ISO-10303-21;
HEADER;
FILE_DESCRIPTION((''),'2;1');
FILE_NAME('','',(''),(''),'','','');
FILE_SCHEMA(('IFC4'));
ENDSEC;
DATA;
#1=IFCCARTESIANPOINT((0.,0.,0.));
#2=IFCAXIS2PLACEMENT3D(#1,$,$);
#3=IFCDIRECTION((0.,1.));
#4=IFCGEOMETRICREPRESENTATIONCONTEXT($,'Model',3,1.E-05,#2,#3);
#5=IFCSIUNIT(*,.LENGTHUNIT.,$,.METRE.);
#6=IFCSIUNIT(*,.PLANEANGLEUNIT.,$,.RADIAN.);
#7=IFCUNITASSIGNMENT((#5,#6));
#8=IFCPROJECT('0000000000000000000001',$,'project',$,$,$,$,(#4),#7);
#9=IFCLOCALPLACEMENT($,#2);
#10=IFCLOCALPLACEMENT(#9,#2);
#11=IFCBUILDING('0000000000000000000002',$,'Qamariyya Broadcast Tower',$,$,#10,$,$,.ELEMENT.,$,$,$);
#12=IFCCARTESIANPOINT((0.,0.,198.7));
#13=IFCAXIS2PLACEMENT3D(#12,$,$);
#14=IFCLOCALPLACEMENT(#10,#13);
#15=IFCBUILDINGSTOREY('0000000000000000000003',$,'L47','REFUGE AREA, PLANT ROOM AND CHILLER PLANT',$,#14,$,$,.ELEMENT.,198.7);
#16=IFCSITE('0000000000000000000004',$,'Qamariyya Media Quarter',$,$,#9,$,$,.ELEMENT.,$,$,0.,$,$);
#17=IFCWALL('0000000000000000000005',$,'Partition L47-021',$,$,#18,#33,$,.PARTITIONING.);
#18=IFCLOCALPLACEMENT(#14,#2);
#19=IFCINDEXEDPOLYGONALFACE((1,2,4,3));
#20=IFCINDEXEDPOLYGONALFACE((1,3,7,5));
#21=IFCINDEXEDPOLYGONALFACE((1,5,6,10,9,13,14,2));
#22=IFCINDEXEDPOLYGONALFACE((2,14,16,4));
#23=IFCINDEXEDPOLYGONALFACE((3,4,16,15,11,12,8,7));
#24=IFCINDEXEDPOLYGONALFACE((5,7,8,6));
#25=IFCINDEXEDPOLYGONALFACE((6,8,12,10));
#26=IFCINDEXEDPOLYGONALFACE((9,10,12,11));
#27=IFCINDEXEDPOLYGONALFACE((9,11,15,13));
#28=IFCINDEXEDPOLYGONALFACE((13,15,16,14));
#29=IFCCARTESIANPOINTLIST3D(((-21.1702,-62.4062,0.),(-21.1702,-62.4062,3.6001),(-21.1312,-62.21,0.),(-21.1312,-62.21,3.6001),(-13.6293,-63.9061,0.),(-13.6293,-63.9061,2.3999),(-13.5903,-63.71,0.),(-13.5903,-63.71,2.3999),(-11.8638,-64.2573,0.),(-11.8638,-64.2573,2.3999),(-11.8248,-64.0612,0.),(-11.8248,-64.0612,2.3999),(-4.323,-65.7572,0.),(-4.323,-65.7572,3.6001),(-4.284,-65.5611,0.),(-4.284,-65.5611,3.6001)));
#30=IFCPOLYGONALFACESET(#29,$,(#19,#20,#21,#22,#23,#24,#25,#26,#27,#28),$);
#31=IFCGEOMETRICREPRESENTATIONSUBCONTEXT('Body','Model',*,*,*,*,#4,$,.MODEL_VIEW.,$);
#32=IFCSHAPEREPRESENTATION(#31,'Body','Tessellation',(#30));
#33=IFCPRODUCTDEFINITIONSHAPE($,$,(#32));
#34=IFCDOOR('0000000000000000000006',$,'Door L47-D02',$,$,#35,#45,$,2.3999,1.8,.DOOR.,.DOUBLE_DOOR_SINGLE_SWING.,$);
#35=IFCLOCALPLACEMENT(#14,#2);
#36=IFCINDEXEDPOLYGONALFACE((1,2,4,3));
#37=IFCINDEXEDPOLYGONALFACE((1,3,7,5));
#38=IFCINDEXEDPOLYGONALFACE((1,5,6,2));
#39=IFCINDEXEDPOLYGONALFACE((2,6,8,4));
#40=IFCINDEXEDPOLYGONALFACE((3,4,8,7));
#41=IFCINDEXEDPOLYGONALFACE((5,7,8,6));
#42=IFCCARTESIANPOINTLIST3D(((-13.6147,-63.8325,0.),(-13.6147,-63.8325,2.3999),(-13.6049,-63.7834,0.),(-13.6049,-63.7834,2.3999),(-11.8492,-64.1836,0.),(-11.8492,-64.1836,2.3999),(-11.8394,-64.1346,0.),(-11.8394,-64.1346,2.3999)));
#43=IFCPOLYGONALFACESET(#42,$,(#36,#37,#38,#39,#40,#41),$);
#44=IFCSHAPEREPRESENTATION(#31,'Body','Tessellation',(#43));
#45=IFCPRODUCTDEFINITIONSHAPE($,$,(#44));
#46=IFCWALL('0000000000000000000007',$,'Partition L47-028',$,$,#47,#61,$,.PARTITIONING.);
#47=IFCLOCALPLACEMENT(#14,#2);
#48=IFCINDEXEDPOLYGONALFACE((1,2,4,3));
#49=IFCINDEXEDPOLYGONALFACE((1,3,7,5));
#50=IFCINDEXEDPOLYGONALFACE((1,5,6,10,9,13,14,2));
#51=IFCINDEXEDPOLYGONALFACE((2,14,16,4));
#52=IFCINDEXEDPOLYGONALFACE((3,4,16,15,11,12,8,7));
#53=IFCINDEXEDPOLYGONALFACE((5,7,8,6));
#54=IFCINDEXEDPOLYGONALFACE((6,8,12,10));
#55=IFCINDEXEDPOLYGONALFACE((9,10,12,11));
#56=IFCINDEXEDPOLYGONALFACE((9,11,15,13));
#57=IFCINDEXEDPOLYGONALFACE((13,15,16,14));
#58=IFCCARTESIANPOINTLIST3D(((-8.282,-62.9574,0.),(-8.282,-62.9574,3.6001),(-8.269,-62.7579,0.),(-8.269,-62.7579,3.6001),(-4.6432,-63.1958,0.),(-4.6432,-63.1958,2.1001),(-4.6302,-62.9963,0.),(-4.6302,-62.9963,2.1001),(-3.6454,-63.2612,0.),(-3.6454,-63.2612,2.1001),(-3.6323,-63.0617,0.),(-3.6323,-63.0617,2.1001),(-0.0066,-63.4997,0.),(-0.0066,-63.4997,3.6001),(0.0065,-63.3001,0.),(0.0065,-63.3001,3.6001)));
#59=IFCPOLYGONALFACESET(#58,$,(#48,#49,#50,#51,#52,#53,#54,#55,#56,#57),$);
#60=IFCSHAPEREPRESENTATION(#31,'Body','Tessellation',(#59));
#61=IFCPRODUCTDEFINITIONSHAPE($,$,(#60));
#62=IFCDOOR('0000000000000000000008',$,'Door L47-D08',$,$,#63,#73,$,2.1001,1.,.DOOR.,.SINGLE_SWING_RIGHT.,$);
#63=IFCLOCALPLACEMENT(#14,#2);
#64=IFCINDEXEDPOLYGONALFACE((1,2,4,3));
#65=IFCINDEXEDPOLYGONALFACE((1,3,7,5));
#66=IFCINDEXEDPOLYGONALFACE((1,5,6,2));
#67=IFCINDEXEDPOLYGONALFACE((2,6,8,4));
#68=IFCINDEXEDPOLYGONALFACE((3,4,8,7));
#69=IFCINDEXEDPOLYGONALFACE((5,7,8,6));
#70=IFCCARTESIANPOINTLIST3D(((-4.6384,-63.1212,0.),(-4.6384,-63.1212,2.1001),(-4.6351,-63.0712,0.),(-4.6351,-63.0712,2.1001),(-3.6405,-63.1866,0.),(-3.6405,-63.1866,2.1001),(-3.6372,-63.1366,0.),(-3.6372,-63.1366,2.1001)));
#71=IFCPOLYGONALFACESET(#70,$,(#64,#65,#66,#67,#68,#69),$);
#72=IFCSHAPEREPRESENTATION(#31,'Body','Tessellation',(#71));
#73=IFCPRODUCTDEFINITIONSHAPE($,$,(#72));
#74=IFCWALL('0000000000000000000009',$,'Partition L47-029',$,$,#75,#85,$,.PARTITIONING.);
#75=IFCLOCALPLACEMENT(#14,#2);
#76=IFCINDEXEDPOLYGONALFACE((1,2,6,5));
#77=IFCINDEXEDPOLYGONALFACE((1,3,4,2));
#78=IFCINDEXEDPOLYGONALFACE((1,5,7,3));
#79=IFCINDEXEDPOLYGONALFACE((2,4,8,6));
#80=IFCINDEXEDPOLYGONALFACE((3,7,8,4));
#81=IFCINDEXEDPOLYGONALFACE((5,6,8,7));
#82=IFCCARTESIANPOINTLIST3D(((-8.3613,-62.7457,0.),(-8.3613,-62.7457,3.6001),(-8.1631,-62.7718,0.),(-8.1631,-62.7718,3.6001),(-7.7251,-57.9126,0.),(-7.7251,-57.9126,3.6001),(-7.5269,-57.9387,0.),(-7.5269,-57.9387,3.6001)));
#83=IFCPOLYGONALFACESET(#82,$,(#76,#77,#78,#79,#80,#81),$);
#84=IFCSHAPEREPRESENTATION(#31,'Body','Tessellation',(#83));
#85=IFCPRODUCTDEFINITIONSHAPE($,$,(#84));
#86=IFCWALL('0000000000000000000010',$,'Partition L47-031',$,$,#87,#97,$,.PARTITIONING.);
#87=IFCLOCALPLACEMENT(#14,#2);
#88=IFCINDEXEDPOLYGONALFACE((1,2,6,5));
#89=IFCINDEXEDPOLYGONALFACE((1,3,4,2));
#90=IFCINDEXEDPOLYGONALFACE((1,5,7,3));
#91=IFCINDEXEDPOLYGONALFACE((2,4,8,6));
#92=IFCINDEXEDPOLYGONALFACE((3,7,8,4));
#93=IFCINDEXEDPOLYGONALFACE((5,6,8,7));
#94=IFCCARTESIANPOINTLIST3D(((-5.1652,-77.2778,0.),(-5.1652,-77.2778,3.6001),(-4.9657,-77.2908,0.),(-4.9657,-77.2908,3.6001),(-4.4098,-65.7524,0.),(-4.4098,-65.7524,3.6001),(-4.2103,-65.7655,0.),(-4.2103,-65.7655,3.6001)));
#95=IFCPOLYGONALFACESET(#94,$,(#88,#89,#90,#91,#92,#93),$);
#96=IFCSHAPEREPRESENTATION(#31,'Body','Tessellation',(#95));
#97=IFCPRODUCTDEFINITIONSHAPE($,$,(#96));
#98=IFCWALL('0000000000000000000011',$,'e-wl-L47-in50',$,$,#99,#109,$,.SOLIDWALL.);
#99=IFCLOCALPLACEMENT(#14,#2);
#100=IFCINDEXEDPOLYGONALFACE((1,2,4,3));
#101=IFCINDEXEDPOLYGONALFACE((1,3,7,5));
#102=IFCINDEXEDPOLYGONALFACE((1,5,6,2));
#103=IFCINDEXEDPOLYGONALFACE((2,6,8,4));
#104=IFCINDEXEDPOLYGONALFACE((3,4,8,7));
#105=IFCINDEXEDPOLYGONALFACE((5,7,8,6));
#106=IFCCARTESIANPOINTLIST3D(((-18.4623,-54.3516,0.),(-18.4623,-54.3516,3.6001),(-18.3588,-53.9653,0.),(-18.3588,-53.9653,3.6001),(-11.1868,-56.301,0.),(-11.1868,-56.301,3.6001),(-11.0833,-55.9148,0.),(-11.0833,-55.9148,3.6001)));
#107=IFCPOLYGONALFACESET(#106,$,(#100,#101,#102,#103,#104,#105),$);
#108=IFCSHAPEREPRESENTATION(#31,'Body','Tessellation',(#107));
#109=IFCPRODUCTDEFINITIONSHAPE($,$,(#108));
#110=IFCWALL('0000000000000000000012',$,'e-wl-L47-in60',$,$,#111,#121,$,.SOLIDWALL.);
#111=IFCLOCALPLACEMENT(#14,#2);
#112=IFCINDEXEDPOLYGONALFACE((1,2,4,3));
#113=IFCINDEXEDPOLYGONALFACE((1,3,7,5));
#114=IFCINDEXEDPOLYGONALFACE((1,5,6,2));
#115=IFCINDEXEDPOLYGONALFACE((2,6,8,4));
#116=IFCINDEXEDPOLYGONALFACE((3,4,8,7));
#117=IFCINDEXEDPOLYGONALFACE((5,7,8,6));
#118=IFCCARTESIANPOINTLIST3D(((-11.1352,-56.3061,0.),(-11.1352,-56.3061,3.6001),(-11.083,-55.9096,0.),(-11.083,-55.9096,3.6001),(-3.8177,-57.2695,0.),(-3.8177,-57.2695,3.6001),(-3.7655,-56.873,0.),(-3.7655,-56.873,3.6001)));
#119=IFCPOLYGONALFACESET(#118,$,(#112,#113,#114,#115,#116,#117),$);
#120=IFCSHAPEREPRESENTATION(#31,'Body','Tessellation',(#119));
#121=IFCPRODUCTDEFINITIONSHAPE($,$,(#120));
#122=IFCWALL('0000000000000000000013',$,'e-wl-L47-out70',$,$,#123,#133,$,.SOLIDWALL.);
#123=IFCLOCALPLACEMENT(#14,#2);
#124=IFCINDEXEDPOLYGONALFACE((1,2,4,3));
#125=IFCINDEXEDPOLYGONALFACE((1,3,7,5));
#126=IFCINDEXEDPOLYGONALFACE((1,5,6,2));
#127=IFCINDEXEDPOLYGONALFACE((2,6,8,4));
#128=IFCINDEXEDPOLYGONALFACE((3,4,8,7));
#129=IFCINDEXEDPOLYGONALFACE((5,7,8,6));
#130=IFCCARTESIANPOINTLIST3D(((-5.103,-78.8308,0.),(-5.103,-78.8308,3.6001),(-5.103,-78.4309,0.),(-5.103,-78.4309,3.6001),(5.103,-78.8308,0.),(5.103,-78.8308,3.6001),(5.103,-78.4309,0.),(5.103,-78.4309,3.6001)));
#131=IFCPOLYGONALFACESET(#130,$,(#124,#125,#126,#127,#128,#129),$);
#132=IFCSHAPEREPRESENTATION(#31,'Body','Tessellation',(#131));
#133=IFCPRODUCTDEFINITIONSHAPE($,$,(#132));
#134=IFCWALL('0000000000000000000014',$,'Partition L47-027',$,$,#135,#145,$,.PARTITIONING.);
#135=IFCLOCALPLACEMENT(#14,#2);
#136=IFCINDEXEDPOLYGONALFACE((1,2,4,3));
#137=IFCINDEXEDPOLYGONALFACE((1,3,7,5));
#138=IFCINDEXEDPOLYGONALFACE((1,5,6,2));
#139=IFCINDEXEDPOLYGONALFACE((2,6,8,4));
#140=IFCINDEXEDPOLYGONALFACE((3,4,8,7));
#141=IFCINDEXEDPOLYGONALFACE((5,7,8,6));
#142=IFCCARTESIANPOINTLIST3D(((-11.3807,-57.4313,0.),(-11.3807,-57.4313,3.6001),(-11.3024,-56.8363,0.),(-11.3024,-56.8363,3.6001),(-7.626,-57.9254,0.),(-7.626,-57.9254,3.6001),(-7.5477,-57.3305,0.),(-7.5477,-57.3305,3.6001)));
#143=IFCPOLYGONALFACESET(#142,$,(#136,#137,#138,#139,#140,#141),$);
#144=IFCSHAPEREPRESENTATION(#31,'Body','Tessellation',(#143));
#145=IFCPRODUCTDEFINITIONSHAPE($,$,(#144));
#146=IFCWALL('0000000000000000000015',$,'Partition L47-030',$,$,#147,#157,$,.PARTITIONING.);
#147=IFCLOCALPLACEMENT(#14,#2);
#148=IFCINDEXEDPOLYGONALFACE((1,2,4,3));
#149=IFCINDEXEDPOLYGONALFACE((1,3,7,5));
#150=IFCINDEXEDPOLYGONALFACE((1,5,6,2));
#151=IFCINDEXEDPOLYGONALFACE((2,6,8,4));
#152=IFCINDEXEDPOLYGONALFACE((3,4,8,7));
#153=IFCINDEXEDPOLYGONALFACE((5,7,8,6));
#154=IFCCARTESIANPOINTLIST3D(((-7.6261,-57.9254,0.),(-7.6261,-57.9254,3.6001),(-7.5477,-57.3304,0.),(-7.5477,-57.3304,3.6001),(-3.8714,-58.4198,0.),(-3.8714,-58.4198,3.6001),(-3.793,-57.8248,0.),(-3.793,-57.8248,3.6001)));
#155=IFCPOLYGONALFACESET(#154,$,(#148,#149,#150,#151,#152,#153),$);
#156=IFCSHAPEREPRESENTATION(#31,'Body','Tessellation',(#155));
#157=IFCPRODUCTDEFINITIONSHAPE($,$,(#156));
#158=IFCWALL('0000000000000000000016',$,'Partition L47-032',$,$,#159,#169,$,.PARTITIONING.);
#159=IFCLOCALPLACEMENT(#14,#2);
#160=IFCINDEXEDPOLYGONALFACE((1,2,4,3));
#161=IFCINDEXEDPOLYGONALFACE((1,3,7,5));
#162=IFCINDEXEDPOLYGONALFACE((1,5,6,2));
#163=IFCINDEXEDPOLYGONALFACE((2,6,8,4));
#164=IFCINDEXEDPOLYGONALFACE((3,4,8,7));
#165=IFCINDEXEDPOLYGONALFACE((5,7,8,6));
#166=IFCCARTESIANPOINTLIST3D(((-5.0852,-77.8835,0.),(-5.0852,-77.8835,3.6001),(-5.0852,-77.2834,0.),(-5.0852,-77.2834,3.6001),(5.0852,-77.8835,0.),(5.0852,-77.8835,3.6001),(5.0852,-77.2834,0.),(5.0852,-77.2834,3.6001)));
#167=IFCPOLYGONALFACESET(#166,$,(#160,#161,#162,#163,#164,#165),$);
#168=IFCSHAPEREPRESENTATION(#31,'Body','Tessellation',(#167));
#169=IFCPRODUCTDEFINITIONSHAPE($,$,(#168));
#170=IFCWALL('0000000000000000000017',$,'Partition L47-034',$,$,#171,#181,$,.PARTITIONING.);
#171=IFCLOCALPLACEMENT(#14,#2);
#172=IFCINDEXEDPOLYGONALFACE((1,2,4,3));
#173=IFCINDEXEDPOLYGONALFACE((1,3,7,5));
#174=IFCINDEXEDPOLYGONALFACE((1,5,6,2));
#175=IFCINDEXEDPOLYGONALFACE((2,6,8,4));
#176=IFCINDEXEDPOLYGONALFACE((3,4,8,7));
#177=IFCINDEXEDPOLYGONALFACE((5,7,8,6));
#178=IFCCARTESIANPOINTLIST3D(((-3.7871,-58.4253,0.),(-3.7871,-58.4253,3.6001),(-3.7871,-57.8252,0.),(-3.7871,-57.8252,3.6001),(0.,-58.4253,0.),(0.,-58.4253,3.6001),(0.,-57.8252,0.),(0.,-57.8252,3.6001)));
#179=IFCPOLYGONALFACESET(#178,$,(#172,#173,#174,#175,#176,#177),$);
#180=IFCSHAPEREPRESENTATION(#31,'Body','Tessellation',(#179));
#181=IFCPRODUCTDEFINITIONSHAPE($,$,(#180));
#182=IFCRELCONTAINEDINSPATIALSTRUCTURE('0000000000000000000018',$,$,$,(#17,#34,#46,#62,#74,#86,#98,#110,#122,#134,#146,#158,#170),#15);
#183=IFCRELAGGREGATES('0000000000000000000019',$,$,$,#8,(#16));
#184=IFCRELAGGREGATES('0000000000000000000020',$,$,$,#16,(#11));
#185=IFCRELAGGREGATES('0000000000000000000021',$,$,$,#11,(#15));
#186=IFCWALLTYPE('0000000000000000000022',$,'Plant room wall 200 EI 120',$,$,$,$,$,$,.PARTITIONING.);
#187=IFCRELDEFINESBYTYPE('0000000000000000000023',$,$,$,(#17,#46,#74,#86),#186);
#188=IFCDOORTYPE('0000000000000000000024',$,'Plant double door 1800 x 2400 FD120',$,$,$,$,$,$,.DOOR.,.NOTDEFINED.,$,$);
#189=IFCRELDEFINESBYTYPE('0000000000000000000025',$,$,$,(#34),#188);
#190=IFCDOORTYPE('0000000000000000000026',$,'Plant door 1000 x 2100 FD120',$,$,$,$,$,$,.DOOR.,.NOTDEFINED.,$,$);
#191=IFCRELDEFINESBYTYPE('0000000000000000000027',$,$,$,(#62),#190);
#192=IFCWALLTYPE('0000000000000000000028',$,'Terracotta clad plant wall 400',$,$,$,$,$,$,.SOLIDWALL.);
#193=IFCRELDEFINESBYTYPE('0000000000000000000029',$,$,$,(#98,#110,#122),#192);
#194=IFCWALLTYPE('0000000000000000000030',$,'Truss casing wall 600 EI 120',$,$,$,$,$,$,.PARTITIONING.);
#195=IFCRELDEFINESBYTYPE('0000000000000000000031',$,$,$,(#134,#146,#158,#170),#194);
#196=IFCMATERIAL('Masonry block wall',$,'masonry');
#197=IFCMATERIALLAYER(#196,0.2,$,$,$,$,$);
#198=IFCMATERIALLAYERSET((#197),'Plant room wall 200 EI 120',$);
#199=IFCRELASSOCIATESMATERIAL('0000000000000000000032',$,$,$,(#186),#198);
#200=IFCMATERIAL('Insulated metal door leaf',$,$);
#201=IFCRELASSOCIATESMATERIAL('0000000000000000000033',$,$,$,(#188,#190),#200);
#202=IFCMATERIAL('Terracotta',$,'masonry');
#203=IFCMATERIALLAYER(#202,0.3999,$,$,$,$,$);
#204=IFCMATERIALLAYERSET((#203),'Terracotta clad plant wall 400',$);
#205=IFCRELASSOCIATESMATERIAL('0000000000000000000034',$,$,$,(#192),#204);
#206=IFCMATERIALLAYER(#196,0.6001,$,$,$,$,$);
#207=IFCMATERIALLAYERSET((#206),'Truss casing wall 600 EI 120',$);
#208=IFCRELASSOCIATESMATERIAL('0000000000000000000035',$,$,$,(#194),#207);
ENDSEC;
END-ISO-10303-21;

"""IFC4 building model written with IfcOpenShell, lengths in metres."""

from ifc_helpers import new_model, si_unit, direction, frame, frame_2d, origin, place, context, subcontext, project, spatial, rectangle, extrude, material, layer, layer_set, type_object, element, fill, save


model = new_model("IFC4")

# Units and contexts
model_context = context("Model", 3, precision=1e-05, world=origin(), true_north=direction((0.0, 1.0)))
body_context = subcontext(model_context, "Body", "Model", "MODEL_VIEW")
ifc_project = project(units=[si_unit("LENGTHUNIT", "METRE"), si_unit("PLANEANGLEUNIT", "RADIAN")], contexts=[model_context])

# Site, building, storey
site_placement = place(None, origin())
site = spatial("IfcSite", under=ifc_project, at=site_placement, Name="Qamariyya Media Quarter", CompositionType="ELEMENT", RefElevation=0.0)
building_placement = place(site_placement, origin())
building = spatial("IfcBuilding", under=site, at=building_placement, Name="Qamariyya Broadcast Tower", CompositionType="ELEMENT")
storey_placement = place(building_placement, frame((0.0, 0.0, 198.7)))
storey = spatial("IfcBuildingStorey", under=building, at=storey_placement, Name="L47", Description="REFUGE AREA, PLANT ROOM AND CHILLER PLANT", CompositionType="ELEMENT", Elevation=198.7)

# Walls, openings, doors
ifc_material_1 = material(Name="Masonry block wall", Category="masonry")
ifc_layer_1 = layer(ifc_material_1, 0.2)
ifc_layer_set_1 = layer_set([ifc_layer_1], Name="Plant room wall 200 EI 120")
wall_type_1 = type_object("IfcWallType", Name="Plant room wall 200 EI 120", PredefinedType="PARTITIONING", material=ifc_layer_set_1)
wall_1_placement = place(storey_placement, frame((-4.3035, -65.6592, 0.0), z_axis=(0.0, 0.0, 1.0), x_axis=(-0.980786, 0.195088, 0.0)))
wall_1 = element("IfcWall", 1, at=wall_1_placement, inside=storey, type_object=wall_type_1, Name="Partition L47-021", PredefinedType="PARTITIONING", context=body_context, shape_type="SweptSolid", body=[
    extrude(rectangle(XDim=17.1772, YDim=0.2, at=frame_2d((8.5886, 0.0))), origin(), (0.0, 0.0, 1.0), 3.6001),
])
opening_1_placement = place(wall_1_placement, frame((7.6887, 0.0, 0.0)))
opening_1 = element("IfcOpeningElement", 2, at=opening_1_placement, cuts=wall_1, PredefinedType="OPENING", context=body_context, shape_type="SweptSolid", body=[
    extrude(rectangle(XDim=1.8, YDim=2.3999, at=frame_2d((0.8999, 1.2))), frame((0.0, 0.1099, 0.0), z_axis=(0.0, -1.0, 0.0), x_axis=(1.0, 0.0, 0.0)), (0.0, 0.0, 1.0), 0.22),
])
ifc_material_2 = material(Name="Insulated metal door leaf")
door_type_1 = type_object("IfcDoorType", Name="Plant double door 1800 x 2400 FD120", OperationType="NOTDEFINED", PredefinedType="DOOR", material=ifc_material_2)
door_1_placement = place(opening_1_placement, origin())
door_1 = element("IfcDoor", 3, at=door_1_placement, inside=storey, type_object=door_type_1, Name="Door L47-D02", OperationType="DOUBLE_DOOR_SINGLE_SWING", OverallHeight=2.3999, OverallWidth=1.8, PredefinedType="DOOR", context=body_context, shape_type="SweptSolid", body=[
    extrude(rectangle(XDim=1.8, YDim=2.3999, at=frame_2d((0.8999, 1.2))), frame((0.0, 0.0249, 0.0), z_axis=(0.0, -1.0, 0.0), x_axis=(1.0, 0.0, 0.0)), (0.0, 0.0, 1.0), 0.05),
])
fill(opening_1, door_1)
wall_2_placement = place(storey_placement, frame((-8.2754, -62.8577, 0.0), z_axis=(0.0, 0.0, 1.0), x_axis=(0.99786, -0.065384, 0.0)))
wall_2 = element("IfcWall", 4, at=wall_2_placement, inside=storey, type_object=wall_type_1, Name="Partition L47-028", PredefinedType="PARTITIONING", context=body_context, shape_type="SweptSolid", body=[
    extrude(rectangle(XDim=8.2932, YDim=0.2, at=frame_2d((4.1465, 0.0))), origin(), (0.0, 0.0, 1.0), 3.6001),
])
opening_2_placement = place(wall_2_placement, frame((3.6465, 0.0, 0.0)))
opening_2 = element("IfcOpeningElement", 5, at=opening_2_placement, cuts=wall_2, PredefinedType="OPENING", context=body_context, shape_type="SweptSolid", body=[
    extrude(rectangle(XDim=1.0, YDim=2.1001, at=frame_2d((0.5, 1.05))), frame((0.0, 0.1099, 0.0), z_axis=(0.0, -1.0, 0.0), x_axis=(1.0, 0.0, 0.0)), (0.0, 0.0, 1.0), 0.22),
])
door_type_2 = type_object("IfcDoorType", Name="Plant door 1000 x 2100 FD120", OperationType="NOTDEFINED", PredefinedType="DOOR", material=ifc_material_2)
door_2_placement = place(opening_2_placement, origin())
door_2 = element("IfcDoor", 6, at=door_2_placement, inside=storey, type_object=door_type_2, Name="Door L47-D08", OperationType="SINGLE_SWING_RIGHT", OverallHeight=2.1001, OverallWidth=1.0, PredefinedType="DOOR", context=body_context, shape_type="SweptSolid", body=[
    extrude(rectangle(XDim=1.0, YDim=2.1001, at=frame_2d((0.5, 1.05))), frame((0.0, 0.0249, 0.0), z_axis=(0.0, -1.0, 0.0), x_axis=(1.0, 0.0, 0.0)), (0.0, 0.0, 1.0), 0.05),
])
fill(opening_2, door_2)

# Walls
wall_3_placement = place(storey_placement, frame((-7.626, -57.9255, 0.0), z_axis=(0.0, 0.0, 1.0), x_axis=(-0.130517, -0.991446, 0.0)))
element("IfcWall", 7, at=wall_3_placement, inside=storey, type_object=wall_type_1, Name="Partition L47-029", PredefinedType="PARTITIONING", context=body_context, shape_type="SweptSolid", body=[
    extrude(rectangle(XDim=4.8748, YDim=0.2, at=frame_2d((2.4375, 0.0))), origin(), (0.0, 0.0, 1.0), 3.6001),
])
wall_4_placement = place(storey_placement, frame((-5.0654, -77.2842, 0.0), z_axis=(0.0, 0.0, 1.0), x_axis=(0.065399, 0.997859, 0.0)))
element("IfcWall", 8, at=wall_4_placement, inside=storey, type_object=wall_type_1, Name="Partition L47-031", PredefinedType="PARTITIONING", context=body_context, shape_type="SweptSolid", body=[
    extrude(rectangle(XDim=11.55, YDim=0.2, at=frame_2d((5.7749, 0.0))), origin(), (0.0, 0.0, 1.0), 3.6001),
])
ifc_material_3 = material(Name="Terracotta", Category="masonry")
ifc_layer_2 = layer(ifc_material_3, 0.3999)
ifc_layer_set_2 = layer_set([ifc_layer_2], Name="Terracotta clad plant wall 400")
wall_type_2 = type_object("IfcWallType", Name="Terracotta clad plant wall 400", PredefinedType="SOLIDWALL", material=ifc_layer_set_2)
wall_5_placement = place(storey_placement, frame((-11.135, -56.1079, 0.0), z_axis=(0.0, 0.0, 1.0), x_axis=(-0.965927, 0.258814, 0.0)))
element("IfcWall", 9, at=wall_5_placement, inside=storey, type_object=wall_type_2, Name="e-wl-L47-in50", PredefinedType="SOLIDWALL", context=body_context, shape_type="SweptSolid", body=[
    extrude(rectangle(XDim=7.5322, YDim=0.3999, at=frame_2d((3.7661, 0.0))), origin(), (0.0, 0.0, 1.0), 3.6001),
])
wall_6_placement = place(storey_placement, frame((-3.7915, -57.0713, 0.0), z_axis=(0.0, 0.0, 1.0), x_axis=(-0.991444, 0.13053, 0.0)))
element("IfcWall", 10, at=wall_6_placement, inside=storey, type_object=wall_type_2, Name="e-wl-L47-in60", PredefinedType="SOLIDWALL", context=body_context, shape_type="SweptSolid", body=[
    extrude(rectangle(XDim=7.3806, YDim=0.3999, at=frame_2d((3.6904, 0.0))), origin(), (0.0, 0.0, 1.0), 3.6001),
])
wall_7_placement = place(storey_placement, frame((-5.103, -78.6309, 0.0), z_axis=(0.0, 0.0, 1.0), x_axis=(1.0, 0.0, 0.0)))
element("IfcWall", 11, at=wall_7_placement, inside=storey, type_object=wall_type_2, Name="e-wl-L47-out70", PredefinedType="SOLIDWALL", context=body_context, shape_type="SweptSolid", body=[
    extrude(rectangle(XDim=10.2061, YDim=0.3999, at=frame_2d((5.103, 0.0))), origin(), (0.0, 0.0, 1.0), 3.6001),
])
ifc_layer_3 = layer(ifc_material_1, 0.6001)
ifc_layer_set_3 = layer_set([ifc_layer_3], Name="Truss casing wall 600 EI 120")
wall_type_3 = type_object("IfcWallType", Name="Truss casing wall 600 EI 120", PredefinedType="PARTITIONING", material=ifc_layer_set_3)
for number, where, z_axis, x_axis, name in (
    (12, (-11.3416, -57.1338, 0.0), (0.0, 0.0, 1.0), (0.991451, -0.130483, 0.0), "Partition L47-027"),
    (13, (-7.5869, -57.6279, 0.0), (0.0, 0.0, 1.0), (0.991442, -0.130546, 0.0), "Partition L47-030"),
):
    element("IfcWall", number, at=place(storey_placement, frame(where, z_axis=z_axis, x_axis=x_axis)), inside=storey, type_object=wall_type_3, Name=name, PredefinedType="PARTITIONING", context=body_context, shape_type="SweptSolid", body=[
        extrude(rectangle(XDim=3.7871, YDim=0.6001, at=frame_2d((1.8936, 0.0))), origin(), (0.0, 0.0, 1.0), 3.6001),
    ])
wall_8_placement = place(storey_placement, frame((-5.0852, -77.5835, 0.0), z_axis=(0.0, 0.0, 1.0), x_axis=(1.0, 0.0, 0.0)))
element("IfcWall", 14, at=wall_8_placement, inside=storey, type_object=wall_type_3, Name="Partition L47-032", PredefinedType="PARTITIONING", context=body_context, shape_type="SweptSolid", body=[
    extrude(rectangle(XDim=10.1704, YDim=0.6001, at=frame_2d((5.0852, 0.0))), origin(), (0.0, 0.0, 1.0), 3.6001),
])
wall_9_placement = place(storey_placement, frame((-3.7871, -58.1252, 0.0), z_axis=(0.0, 0.0, 1.0), x_axis=(1.0, 0.0, 0.0)))
element("IfcWall", 15, at=wall_9_placement, inside=storey, type_object=wall_type_3, Name="Partition L47-034", PredefinedType="PARTITIONING", context=body_context, shape_type="SweptSolid", body=[
    extrude(rectangle(XDim=3.7871, YDim=0.6001, at=frame_2d((1.8936, 0.0))), origin(), (0.0, 0.0, 1.0), 3.6001),
])

save(model, "model.ifc")
